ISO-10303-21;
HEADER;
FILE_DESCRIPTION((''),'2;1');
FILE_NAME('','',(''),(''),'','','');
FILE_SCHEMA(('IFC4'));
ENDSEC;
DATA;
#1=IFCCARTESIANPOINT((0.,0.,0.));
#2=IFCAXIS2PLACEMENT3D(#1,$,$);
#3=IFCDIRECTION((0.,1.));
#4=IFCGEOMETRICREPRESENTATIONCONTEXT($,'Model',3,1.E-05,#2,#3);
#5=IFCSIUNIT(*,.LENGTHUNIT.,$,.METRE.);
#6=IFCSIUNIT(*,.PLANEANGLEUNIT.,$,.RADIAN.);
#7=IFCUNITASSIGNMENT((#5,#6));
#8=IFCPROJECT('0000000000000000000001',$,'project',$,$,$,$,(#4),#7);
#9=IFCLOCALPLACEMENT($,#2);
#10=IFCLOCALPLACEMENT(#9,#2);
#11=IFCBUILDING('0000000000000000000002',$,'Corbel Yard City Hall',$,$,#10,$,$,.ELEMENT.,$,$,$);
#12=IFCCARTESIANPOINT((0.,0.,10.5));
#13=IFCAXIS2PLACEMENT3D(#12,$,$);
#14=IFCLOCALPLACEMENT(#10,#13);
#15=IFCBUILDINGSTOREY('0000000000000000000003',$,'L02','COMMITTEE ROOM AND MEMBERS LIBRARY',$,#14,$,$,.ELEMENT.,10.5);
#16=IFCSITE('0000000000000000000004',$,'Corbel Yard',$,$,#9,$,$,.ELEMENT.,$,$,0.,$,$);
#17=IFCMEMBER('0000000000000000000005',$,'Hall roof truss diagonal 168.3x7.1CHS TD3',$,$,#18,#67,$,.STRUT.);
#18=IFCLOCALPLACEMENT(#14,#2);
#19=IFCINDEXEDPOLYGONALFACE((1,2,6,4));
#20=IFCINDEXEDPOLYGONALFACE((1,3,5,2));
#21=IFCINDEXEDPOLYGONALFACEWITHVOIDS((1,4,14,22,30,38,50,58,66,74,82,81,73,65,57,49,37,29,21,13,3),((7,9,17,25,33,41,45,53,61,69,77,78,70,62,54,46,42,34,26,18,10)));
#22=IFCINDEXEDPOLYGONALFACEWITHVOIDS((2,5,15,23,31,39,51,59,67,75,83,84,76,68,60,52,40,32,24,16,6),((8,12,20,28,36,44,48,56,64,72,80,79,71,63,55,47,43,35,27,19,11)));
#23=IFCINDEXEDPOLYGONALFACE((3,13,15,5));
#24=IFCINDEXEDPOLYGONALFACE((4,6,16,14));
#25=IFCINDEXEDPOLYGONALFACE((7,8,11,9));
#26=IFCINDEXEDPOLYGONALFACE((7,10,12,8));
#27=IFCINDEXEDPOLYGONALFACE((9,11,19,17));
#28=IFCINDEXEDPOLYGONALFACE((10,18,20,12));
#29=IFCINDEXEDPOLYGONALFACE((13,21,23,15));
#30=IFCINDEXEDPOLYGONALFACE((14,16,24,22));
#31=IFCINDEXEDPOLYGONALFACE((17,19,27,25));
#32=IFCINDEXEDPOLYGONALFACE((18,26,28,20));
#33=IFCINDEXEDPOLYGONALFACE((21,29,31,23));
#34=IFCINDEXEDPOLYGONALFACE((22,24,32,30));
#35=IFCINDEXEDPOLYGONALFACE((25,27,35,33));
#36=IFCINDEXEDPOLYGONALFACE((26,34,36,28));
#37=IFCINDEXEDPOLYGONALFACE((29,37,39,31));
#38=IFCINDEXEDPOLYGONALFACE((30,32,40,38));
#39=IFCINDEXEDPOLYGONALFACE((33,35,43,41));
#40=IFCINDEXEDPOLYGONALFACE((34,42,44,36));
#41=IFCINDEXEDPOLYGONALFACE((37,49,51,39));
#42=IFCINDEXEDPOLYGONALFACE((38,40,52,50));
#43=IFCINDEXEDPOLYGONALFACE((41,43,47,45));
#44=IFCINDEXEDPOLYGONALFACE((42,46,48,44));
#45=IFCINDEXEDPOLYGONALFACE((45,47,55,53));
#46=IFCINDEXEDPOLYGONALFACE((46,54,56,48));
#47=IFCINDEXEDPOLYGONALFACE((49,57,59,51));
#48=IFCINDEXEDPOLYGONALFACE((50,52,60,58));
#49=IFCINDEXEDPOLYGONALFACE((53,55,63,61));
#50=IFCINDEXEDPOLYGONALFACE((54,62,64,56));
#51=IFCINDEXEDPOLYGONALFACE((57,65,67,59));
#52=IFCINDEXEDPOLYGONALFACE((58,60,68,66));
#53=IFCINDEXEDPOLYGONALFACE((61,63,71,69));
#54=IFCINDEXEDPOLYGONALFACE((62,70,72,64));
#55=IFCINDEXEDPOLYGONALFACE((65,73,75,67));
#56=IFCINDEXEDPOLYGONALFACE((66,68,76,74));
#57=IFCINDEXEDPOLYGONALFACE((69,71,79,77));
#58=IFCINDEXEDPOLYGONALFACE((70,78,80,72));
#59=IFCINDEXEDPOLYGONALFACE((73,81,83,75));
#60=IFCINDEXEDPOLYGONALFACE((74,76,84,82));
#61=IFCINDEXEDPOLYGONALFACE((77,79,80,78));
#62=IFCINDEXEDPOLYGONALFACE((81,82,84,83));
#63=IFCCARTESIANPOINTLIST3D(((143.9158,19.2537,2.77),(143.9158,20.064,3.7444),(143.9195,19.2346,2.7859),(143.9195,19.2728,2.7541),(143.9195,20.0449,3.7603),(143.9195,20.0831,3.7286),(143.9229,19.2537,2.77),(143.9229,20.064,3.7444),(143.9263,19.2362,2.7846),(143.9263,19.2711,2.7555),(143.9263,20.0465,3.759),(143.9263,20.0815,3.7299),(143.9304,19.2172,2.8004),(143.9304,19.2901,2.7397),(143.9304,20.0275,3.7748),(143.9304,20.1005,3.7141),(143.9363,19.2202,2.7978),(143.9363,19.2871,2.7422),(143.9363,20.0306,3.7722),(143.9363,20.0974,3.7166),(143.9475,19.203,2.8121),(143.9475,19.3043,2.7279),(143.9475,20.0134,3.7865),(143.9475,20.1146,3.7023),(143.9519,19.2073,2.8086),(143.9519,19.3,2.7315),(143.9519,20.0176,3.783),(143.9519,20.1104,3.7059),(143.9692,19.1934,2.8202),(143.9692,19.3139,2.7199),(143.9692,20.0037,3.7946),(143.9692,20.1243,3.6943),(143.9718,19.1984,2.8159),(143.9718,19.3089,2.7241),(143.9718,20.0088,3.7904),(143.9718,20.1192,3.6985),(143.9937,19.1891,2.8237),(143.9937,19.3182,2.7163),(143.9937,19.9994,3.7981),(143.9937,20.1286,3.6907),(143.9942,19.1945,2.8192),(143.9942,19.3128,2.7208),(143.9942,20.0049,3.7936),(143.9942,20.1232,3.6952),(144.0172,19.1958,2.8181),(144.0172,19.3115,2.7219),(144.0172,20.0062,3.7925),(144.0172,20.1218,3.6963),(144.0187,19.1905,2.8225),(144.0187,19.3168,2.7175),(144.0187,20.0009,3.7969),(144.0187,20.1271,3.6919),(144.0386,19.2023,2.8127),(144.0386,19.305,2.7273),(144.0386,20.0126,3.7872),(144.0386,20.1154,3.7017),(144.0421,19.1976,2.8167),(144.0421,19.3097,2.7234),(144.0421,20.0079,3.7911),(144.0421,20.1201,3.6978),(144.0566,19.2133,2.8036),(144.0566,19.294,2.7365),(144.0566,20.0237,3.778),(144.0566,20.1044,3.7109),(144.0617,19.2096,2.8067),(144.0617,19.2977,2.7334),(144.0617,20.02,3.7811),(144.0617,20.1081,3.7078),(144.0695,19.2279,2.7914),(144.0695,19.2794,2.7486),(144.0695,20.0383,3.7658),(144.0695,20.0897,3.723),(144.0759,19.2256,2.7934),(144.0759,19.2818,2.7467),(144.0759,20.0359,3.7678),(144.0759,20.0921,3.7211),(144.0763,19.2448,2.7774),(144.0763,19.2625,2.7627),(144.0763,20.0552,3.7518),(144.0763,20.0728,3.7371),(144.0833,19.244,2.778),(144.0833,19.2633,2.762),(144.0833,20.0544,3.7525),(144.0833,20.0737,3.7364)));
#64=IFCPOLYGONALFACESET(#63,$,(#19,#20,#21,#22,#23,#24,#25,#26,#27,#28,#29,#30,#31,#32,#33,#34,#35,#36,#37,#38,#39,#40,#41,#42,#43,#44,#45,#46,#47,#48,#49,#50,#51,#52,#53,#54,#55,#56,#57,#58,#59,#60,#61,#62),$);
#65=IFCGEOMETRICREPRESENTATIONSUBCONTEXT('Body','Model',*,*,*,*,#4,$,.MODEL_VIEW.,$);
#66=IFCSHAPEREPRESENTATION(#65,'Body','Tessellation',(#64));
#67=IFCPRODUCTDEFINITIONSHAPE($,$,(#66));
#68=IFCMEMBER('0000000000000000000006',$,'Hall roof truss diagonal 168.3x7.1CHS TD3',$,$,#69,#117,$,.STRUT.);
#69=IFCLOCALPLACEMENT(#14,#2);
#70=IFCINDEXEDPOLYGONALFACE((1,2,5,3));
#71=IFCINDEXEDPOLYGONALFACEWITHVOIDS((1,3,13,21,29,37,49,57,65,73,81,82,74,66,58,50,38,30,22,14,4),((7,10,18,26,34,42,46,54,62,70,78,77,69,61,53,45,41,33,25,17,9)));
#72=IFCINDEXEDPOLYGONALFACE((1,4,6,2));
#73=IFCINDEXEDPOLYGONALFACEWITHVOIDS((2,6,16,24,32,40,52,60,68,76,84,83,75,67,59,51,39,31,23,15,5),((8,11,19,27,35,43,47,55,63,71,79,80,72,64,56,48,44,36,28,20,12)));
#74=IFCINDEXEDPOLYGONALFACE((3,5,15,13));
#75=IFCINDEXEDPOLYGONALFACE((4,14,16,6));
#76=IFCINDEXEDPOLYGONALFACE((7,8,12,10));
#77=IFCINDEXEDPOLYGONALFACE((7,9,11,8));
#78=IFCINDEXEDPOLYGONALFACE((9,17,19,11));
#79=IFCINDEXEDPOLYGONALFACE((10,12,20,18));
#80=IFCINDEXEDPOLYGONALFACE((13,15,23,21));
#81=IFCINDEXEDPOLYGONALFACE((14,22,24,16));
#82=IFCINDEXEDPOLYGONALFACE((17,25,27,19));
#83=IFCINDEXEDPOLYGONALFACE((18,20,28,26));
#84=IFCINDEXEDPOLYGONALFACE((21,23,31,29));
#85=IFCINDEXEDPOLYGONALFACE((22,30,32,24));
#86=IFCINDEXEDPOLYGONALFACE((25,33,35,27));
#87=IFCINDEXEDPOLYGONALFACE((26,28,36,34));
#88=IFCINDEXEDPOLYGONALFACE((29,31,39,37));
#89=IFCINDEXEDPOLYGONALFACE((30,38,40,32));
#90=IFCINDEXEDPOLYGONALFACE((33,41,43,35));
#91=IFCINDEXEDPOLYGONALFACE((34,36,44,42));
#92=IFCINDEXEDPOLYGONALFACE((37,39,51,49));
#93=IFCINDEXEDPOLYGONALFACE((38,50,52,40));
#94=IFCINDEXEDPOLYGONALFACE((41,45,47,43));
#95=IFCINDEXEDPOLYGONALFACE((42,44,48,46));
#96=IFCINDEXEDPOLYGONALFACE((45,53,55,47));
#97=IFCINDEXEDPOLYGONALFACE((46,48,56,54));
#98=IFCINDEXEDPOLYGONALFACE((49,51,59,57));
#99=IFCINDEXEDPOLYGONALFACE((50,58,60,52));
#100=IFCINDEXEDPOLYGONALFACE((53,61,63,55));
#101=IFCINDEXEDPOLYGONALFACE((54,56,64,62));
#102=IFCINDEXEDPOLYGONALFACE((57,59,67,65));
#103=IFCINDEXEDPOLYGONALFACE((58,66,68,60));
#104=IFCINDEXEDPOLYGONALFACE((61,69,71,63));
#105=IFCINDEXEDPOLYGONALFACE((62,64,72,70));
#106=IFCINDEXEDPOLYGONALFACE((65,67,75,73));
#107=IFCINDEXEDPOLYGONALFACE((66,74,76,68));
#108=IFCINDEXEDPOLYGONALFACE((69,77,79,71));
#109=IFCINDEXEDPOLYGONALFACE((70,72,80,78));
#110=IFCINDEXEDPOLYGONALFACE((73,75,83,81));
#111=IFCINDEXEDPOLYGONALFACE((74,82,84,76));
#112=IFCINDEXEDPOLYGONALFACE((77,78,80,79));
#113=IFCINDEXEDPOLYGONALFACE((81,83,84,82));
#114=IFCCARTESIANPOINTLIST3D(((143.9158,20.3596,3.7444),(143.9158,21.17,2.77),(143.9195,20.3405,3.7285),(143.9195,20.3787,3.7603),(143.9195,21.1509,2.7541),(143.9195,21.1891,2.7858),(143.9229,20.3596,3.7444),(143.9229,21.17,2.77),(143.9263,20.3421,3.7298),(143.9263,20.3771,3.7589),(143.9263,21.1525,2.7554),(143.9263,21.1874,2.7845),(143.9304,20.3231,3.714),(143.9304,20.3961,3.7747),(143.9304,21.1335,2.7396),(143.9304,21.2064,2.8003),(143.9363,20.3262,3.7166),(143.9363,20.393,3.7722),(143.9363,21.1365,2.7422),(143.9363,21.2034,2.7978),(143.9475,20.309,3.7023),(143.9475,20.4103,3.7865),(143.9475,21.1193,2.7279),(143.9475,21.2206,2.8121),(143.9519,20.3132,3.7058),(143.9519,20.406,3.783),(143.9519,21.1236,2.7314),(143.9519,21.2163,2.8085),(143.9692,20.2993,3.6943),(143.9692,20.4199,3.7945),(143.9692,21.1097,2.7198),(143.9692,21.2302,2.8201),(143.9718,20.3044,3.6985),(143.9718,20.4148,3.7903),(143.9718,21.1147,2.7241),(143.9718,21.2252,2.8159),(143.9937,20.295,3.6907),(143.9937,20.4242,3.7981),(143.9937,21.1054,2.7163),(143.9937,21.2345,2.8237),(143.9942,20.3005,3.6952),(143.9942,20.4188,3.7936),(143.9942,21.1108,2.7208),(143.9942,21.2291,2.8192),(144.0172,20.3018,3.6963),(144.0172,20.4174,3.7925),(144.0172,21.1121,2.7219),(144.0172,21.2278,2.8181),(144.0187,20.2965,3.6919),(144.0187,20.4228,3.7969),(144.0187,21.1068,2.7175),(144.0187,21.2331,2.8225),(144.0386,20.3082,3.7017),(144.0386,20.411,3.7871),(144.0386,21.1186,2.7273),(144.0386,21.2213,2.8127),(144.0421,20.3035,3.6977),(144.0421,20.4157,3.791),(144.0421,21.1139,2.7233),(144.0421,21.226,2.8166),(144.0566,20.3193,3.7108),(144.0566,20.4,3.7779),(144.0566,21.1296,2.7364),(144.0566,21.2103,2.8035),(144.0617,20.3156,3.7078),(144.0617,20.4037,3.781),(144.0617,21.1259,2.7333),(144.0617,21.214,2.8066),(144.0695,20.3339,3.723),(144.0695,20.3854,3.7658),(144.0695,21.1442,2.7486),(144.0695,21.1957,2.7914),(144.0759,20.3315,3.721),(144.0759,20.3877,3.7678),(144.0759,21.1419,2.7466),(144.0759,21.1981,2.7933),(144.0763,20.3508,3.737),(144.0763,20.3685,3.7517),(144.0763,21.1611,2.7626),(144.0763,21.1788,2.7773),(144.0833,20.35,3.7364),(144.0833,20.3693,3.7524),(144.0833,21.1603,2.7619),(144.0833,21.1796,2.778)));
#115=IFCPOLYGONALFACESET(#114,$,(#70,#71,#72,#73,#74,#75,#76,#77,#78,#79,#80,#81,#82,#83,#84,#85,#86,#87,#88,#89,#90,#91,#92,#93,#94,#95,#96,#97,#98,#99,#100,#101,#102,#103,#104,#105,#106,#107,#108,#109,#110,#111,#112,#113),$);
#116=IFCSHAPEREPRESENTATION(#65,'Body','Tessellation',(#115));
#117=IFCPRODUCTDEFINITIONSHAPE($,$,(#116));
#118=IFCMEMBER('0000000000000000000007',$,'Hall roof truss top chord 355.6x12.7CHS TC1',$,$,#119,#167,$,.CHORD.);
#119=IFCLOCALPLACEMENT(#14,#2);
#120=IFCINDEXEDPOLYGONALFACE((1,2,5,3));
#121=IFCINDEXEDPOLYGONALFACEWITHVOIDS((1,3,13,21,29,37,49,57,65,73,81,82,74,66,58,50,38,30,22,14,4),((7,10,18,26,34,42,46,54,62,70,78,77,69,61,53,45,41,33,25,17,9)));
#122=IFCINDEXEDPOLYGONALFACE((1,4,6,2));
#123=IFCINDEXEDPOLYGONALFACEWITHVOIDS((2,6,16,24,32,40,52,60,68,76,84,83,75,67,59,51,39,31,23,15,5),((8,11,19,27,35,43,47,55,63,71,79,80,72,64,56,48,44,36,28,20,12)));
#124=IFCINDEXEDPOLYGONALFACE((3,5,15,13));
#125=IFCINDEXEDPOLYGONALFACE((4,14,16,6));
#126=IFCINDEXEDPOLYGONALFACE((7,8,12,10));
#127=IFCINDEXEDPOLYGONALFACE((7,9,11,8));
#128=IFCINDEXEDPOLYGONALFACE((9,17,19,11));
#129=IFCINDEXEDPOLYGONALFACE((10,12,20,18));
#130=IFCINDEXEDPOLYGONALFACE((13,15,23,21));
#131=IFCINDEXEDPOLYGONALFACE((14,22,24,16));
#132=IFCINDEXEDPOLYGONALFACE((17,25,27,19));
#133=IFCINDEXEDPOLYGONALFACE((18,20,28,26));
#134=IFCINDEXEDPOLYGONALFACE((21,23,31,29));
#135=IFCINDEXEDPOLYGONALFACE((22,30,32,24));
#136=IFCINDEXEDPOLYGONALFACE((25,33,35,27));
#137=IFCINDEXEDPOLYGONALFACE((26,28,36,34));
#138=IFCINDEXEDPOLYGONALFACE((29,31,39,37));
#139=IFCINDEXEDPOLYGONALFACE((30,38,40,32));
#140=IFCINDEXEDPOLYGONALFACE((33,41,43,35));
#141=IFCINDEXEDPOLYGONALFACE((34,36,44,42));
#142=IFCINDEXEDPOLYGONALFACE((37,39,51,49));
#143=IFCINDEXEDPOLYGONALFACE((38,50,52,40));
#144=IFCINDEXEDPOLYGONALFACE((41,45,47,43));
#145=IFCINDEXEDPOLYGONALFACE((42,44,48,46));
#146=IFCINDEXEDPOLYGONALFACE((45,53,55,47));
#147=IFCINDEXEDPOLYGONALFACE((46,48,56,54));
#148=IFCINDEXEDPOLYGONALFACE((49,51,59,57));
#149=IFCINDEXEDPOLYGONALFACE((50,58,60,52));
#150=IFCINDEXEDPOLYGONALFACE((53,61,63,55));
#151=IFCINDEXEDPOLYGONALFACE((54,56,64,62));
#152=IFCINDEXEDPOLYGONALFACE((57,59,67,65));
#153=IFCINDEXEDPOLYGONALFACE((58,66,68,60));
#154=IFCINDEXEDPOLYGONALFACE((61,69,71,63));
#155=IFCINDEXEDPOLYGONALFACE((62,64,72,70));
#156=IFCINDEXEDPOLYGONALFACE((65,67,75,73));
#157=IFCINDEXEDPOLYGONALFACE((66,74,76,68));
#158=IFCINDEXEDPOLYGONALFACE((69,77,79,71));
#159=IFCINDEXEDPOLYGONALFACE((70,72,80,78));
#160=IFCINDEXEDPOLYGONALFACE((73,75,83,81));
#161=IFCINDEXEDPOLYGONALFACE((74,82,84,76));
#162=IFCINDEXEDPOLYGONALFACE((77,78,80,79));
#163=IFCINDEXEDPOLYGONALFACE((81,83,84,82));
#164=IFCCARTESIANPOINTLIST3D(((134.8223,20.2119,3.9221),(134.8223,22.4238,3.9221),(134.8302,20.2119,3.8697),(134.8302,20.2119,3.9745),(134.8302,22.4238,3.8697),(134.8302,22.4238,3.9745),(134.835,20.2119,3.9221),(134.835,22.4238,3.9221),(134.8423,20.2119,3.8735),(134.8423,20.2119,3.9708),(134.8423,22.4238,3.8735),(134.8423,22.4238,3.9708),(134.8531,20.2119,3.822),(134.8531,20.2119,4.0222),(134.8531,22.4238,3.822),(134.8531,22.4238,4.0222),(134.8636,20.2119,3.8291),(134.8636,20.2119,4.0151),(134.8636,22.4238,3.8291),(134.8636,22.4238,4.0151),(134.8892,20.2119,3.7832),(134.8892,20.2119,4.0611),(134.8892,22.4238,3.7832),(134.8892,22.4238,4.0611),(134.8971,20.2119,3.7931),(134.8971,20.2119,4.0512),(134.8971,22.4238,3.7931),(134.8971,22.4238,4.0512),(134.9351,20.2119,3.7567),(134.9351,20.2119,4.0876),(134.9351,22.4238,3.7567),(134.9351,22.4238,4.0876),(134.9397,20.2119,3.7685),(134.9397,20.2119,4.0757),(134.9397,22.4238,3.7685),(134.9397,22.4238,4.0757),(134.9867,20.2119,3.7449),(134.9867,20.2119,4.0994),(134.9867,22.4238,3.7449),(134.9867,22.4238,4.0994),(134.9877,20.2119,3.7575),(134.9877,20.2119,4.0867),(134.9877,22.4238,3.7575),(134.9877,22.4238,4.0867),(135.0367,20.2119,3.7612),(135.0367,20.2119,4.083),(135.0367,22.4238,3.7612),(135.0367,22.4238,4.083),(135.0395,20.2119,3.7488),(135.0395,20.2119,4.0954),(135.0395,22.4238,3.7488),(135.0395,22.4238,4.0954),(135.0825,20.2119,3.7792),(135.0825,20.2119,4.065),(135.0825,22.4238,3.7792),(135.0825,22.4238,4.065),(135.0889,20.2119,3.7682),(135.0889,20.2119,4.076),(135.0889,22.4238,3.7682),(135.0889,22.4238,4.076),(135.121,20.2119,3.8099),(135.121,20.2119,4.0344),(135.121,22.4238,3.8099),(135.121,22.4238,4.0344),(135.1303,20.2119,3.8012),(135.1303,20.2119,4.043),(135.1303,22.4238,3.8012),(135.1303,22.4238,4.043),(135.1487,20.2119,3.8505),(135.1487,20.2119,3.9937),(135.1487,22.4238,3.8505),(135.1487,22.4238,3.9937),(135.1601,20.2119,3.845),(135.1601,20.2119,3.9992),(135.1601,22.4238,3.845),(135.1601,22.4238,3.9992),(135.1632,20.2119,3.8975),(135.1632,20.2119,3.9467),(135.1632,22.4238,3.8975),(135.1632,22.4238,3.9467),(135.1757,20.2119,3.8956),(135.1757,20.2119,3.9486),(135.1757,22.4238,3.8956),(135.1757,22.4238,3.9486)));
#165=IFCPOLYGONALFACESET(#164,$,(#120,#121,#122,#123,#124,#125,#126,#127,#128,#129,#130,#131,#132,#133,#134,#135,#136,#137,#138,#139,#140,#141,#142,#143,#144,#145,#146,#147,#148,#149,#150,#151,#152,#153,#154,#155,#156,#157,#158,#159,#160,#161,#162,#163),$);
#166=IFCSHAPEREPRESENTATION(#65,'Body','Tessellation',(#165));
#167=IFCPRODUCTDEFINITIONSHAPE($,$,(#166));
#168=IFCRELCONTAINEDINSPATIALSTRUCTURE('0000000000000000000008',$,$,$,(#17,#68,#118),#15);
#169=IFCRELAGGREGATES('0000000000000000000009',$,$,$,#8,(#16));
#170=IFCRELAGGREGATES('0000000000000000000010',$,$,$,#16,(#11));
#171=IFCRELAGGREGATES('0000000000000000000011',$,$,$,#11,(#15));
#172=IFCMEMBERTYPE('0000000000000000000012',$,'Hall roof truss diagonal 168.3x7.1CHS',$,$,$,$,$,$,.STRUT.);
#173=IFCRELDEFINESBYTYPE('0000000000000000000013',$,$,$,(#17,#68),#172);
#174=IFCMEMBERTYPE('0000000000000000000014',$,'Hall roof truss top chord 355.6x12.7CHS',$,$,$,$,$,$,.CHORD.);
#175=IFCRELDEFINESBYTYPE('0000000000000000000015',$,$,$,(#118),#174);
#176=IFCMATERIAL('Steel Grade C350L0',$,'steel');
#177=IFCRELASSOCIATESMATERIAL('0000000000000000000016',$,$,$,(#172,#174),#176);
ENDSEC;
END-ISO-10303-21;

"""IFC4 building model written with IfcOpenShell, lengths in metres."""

from ifc_helpers import new_model, si_unit, direction, frame, origin, origin_2d, place, context, subcontext, project, spatial, hollow_circle, extrude, material, material_profile, profile_set, type_object, element, save


model = new_model("IFC4")

# Units and contexts
model_context = context("Model", 3, precision=1e-05, world=origin(), true_north=direction((0.0, 1.0)))
body_context = subcontext(model_context, "Body", "Model", "MODEL_VIEW")
ifc_project = project(units=[si_unit("LENGTHUNIT", "METRE"), si_unit("PLANEANGLEUNIT", "RADIAN")], contexts=[model_context])

# Site, building, storey
site_placement = place(None, origin())
site = spatial("IfcSite", under=ifc_project, at=site_placement, Name="Corbel Yard", CompositionType="ELEMENT", RefElevation=0.0)
building_placement = place(site_placement, origin())
building = spatial("IfcBuilding", under=site, at=building_placement, Name="Corbel Yard City Hall", CompositionType="ELEMENT")
storey_placement = place(building_placement, frame((0.0, 0.0, 10.5)))
storey = spatial("IfcBuildingStorey", under=building, at=storey_placement, Name="L02", Description="COMMITTEE ROOM AND MEMBERS LIBRARY", CompositionType="ELEMENT", Elevation=10.5)

# Members
ifc_material_1 = material(Name="Steel Grade C350L0", Category="steel")
ifc_material_profile_1 = material_profile(ifc_material_1, hollow_circle(Radius=0.0842, WallThickness=0.0071, at=origin_2d()), Name="168.3x7.1CHS")
ifc_profile_set_1 = profile_set([ifc_material_profile_1], Name="Steel Grade C350L0")
member_type_1 = type_object("IfcMemberType", Name="Hall roof truss diagonal 168.3x7.1CHS", PredefinedType="STRUT", material=ifc_profile_set_1)
for number, where, z_axis, x_axis, name in (
    (1, (144.0, 19.2537, 2.77), (0.0, 0.639407, 0.768868), (-1.0, 0.0, 0.0), "Hall roof truss diagonal 168.3x7.1CHS TD3"),
    (2, (144.0, 20.3596, 3.7444), (0.0, 0.639407, -0.768868), (-1.0, 0.0, 0.0), "Hall roof truss diagonal 168.3x7.1CHS TD3"),
):
    element("IfcMember", number, at=place(storey_placement, frame(where, z_axis=z_axis, x_axis=x_axis)), inside=storey, type_object=member_type_1, Name=name, PredefinedType="STRUT", context=body_context, shape_type="SweptSolid", body=[
        extrude(hollow_circle(Radius=0.0842, WallThickness=0.0071, at=origin_2d()), origin(), (0.0, 0.0, 1.0), 1.2673),
    ])
ifc_material_profile_2 = material_profile(ifc_material_1, hollow_circle(Radius=0.1777, WallThickness=0.0127, at=origin_2d()), Name="355.6x12.7CHS")
ifc_profile_set_2 = profile_set([ifc_material_profile_2], Name="Steel Grade C350L0")
member_type_2 = type_object("IfcMemberType", Name="Hall roof truss top chord 355.6x12.7CHS", PredefinedType="CHORD", material=ifc_profile_set_2)
for number, where, z_axis, x_axis, name in (
    (3, (135.0, 20.2119, 3.9221), (0.0, 1.0, 0.0), (-1.0, 0.0, 0.0), "Hall roof truss top chord 355.6x12.7CHS TC1"),
):
    element("IfcMember", number, at=place(storey_placement, frame(where, z_axis=z_axis, x_axis=x_axis)), inside=storey, type_object=member_type_2, Name=name, PredefinedType="CHORD", context=body_context, shape_type="SweptSolid", body=[
        extrude(hollow_circle(Radius=0.1777, WallThickness=0.0127, at=origin_2d()), origin(), (0.0, 0.0, 1.0), 2.2119),
    ])

save(model, "model.ifc")
